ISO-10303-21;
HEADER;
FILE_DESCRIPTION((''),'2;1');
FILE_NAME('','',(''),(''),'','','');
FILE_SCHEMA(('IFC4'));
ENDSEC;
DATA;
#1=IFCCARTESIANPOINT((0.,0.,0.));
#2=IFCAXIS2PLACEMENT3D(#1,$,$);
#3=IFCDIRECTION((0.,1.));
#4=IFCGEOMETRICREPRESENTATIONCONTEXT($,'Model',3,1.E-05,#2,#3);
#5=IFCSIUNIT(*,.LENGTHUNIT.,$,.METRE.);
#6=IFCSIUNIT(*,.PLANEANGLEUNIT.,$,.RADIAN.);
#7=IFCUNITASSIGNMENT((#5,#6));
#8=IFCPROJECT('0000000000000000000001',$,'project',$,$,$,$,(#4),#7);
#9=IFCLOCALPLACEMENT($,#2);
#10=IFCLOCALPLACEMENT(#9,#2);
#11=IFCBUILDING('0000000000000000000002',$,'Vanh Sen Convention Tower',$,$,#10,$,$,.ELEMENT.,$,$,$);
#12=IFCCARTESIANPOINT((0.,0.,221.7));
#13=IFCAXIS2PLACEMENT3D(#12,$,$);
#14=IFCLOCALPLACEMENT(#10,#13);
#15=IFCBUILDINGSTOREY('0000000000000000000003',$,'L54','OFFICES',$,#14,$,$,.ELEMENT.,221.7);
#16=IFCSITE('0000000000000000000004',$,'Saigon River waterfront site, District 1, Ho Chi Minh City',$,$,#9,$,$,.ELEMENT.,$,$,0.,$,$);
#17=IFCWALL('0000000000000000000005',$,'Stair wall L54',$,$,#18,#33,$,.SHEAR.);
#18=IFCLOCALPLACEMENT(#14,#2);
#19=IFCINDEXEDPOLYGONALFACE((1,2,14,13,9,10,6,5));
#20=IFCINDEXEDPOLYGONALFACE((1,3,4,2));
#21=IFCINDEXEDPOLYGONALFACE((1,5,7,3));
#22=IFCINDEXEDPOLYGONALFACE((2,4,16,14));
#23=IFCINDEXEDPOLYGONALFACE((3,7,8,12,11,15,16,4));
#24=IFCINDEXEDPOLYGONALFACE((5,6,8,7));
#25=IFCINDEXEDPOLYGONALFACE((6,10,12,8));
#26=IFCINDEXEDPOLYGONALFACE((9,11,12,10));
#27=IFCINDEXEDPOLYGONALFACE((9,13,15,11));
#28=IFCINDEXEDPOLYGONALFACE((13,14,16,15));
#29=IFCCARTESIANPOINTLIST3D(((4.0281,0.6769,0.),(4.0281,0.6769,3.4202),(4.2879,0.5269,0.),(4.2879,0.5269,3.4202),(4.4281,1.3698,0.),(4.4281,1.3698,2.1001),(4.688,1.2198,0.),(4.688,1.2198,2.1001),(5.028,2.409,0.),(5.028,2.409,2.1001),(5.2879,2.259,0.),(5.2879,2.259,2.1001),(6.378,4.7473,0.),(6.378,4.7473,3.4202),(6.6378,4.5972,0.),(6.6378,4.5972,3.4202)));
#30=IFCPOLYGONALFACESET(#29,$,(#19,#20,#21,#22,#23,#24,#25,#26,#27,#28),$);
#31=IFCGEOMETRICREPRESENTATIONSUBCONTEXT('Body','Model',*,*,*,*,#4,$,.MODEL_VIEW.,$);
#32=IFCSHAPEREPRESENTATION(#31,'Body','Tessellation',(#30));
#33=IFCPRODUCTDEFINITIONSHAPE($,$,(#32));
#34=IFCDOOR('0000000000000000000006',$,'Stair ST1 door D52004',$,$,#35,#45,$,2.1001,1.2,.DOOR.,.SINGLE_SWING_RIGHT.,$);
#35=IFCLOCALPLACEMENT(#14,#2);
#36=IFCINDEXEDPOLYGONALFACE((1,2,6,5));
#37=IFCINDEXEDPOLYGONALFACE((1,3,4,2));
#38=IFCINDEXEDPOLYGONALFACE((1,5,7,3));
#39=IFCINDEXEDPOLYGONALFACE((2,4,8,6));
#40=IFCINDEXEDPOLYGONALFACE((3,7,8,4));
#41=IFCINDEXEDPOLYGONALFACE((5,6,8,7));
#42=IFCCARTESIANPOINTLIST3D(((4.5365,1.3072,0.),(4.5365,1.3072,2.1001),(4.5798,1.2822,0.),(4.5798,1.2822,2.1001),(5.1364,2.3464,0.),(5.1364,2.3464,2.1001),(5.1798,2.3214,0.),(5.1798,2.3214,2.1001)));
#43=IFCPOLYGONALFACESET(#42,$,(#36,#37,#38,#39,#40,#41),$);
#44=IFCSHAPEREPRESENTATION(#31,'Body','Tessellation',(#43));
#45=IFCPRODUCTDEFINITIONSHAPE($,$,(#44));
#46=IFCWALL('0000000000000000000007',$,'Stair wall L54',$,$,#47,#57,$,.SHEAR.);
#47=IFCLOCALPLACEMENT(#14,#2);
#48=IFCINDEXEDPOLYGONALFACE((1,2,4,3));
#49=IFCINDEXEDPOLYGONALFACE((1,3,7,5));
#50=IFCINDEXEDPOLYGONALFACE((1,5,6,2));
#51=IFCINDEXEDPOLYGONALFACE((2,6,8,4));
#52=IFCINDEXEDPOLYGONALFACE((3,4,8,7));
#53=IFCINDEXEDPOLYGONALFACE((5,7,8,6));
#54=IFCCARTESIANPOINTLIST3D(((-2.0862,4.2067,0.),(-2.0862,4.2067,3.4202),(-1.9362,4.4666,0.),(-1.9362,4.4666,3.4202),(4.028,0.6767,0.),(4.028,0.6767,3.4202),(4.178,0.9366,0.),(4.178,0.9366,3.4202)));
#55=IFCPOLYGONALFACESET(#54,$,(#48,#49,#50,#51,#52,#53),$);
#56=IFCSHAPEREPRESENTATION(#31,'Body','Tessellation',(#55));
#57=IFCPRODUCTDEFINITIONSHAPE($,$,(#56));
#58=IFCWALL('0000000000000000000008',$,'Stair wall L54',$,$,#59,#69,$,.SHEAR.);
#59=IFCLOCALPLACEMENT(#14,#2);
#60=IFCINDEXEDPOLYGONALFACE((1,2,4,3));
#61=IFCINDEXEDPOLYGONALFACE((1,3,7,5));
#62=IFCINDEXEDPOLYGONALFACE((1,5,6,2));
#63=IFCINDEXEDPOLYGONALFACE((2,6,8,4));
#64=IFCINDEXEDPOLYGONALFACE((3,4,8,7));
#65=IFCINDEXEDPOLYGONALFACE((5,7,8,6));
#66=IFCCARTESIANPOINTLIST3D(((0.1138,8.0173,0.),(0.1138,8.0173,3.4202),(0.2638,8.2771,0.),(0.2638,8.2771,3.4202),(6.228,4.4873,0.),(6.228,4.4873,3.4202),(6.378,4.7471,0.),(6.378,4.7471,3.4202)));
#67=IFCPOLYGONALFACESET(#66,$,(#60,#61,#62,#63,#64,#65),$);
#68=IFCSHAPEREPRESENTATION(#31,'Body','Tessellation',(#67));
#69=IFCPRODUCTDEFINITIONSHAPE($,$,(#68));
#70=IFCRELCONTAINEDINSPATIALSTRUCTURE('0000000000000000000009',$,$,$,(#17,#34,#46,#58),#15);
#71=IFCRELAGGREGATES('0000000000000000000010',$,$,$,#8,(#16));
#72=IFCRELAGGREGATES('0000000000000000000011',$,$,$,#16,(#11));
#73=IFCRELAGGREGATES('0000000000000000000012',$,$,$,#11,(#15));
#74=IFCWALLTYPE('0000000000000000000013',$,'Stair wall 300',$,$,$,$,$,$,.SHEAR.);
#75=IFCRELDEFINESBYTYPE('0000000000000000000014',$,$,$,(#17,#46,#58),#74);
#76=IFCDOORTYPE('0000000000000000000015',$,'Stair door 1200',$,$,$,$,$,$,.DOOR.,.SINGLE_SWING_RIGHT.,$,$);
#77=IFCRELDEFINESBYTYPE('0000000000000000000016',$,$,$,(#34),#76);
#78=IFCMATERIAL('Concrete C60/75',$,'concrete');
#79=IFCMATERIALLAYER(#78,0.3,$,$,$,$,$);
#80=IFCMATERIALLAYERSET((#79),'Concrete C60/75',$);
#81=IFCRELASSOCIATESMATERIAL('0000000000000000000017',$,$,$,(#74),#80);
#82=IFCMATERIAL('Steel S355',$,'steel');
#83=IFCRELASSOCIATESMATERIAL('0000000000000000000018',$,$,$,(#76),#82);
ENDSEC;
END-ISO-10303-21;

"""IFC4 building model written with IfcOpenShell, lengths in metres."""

from ifc_helpers import new_model, si_unit, direction, frame, frame_2d, origin, place, context, subcontext, project, spatial, rectangle, extrude, material, layer, layer_set, type_object, element, fill, save


model = new_model("IFC4")

# Units and contexts
model_context = context("Model", 3, precision=1e-05, world=origin(), true_north=direction((0.0, 1.0)))
body_context = subcontext(model_context, "Body", "Model", "MODEL_VIEW")
ifc_project = project(units=[si_unit("LENGTHUNIT", "METRE"), si_unit("PLANEANGLEUNIT", "RADIAN")], contexts=[model_context])

# Site, building, storey
site_placement = place(None, origin())
site = spatial("IfcSite", under=ifc_project, at=site_placement, Name="Saigon River waterfront site, District 1, Ho Chi Minh City", CompositionType="ELEMENT", RefElevation=0.0)
building_placement = place(site_placement, origin())
building = spatial("IfcBuilding", under=site, at=building_placement, Name="Vanh Sen Convention Tower", CompositionType="ELEMENT")
storey_placement = place(building_placement, frame((0.0, 0.0, 221.7)))
storey = spatial("IfcBuildingStorey", under=building, at=storey_placement, Name="L54", Description="OFFICES", CompositionType="ELEMENT", Elevation=221.7)

# Shared definitions
ifc_material_1 = material(Name="Concrete C60/75", Category="concrete")
ifc_material_2 = material(Name="Steel S355", Category="steel")

# Wall, opening, door
ifc_layer_1 = layer(ifc_material_1, 0.3)
ifc_layer_set_1 = layer_set([ifc_layer_1], Name="Concrete C60/75")
wall_type_1 = type_object("IfcWallType", Name="Stair wall 300", PredefinedType="SHEAR", material=ifc_layer_set_1)
wall_1_placement = place(storey_placement, frame((4.158, 0.6018, 0.0), z_axis=(0.0, 0.0, 1.0), x_axis=(0.499977, 0.866039, 0.0)))
wall_1 = element("IfcWall", 1, at=wall_1_placement, inside=storey, type_object=wall_type_1, Name="Stair wall L54", PredefinedType="SHEAR", context=body_context, shape_type="SweptSolid", body=[
    extrude(rectangle(XDim=4.7, YDim=0.3, at=frame_2d((2.3501, 0.0))), origin(), (0.0, 0.0, 1.0), 3.4202),
])
opening_1_placement = place(wall_1_placement, frame((0.8, 0.0, 0.0)))
opening_1 = element("IfcOpeningElement", 2, at=opening_1_placement, cuts=wall_1, PredefinedType="OPENING", context=body_context, shape_type="SweptSolid", body=[
    extrude(rectangle(XDim=1.2, YDim=2.1001, at=frame_2d((0.6001, 1.05))), frame((0.0, 0.1599, 0.0), z_axis=(0.0, -1.0, 0.0), x_axis=(1.0, 0.0, 0.0)), (0.0, 0.0, 1.0), 0.3201),
])
door_type_1 = type_object("IfcDoorType", Name="Stair door 1200", OperationType="SINGLE_SWING_RIGHT", PredefinedType="DOOR", material=ifc_material_2)
door_1_placement = place(opening_1_placement, origin())
door_1 = element("IfcDoor", 3, at=door_1_placement, inside=storey, type_object=door_type_1, Name="Stair ST1 door D52004", OperationType="SINGLE_SWING_RIGHT", OverallHeight=2.1001, OverallWidth=1.2, PredefinedType="DOOR", context=body_context, shape_type="SweptSolid", body=[
    extrude(rectangle(XDim=1.2, YDim=2.1001, at=frame_2d((0.6001, 1.05))), frame((0.0, 0.0249, 0.0), z_axis=(0.0, -1.0, 0.0), x_axis=(1.0, 0.0, 0.0)), (0.0, 0.0, 1.0), 0.05),
])
fill(opening_1, door_1)

# Walls
for number, where, z_axis, x_axis, name in (
    (4, (4.103, 0.8066, 0.0), (0.0, 0.0, 1.0), (-0.866028, 0.499996, 0.0), "Stair wall L54"),
    (5, (6.303, 4.6172, 0.0), (0.0, 0.0, 1.0), (-0.866028, 0.499996, 0.0), "Stair wall L54"),
):
    element("IfcWall", number, at=place(storey_placement, frame(where, z_axis=z_axis, x_axis=x_axis)), inside=storey, type_object=wall_type_1, Name=name, PredefinedType="SHEAR", context=body_context, shape_type="SweptSolid", body=[
        extrude(rectangle(XDim=7.0601, YDim=0.3, at=frame_2d((3.53, 0.0))), origin(), (0.0, 0.0, 1.0), 3.4202),
    ])

save(model, "model.ifc")
